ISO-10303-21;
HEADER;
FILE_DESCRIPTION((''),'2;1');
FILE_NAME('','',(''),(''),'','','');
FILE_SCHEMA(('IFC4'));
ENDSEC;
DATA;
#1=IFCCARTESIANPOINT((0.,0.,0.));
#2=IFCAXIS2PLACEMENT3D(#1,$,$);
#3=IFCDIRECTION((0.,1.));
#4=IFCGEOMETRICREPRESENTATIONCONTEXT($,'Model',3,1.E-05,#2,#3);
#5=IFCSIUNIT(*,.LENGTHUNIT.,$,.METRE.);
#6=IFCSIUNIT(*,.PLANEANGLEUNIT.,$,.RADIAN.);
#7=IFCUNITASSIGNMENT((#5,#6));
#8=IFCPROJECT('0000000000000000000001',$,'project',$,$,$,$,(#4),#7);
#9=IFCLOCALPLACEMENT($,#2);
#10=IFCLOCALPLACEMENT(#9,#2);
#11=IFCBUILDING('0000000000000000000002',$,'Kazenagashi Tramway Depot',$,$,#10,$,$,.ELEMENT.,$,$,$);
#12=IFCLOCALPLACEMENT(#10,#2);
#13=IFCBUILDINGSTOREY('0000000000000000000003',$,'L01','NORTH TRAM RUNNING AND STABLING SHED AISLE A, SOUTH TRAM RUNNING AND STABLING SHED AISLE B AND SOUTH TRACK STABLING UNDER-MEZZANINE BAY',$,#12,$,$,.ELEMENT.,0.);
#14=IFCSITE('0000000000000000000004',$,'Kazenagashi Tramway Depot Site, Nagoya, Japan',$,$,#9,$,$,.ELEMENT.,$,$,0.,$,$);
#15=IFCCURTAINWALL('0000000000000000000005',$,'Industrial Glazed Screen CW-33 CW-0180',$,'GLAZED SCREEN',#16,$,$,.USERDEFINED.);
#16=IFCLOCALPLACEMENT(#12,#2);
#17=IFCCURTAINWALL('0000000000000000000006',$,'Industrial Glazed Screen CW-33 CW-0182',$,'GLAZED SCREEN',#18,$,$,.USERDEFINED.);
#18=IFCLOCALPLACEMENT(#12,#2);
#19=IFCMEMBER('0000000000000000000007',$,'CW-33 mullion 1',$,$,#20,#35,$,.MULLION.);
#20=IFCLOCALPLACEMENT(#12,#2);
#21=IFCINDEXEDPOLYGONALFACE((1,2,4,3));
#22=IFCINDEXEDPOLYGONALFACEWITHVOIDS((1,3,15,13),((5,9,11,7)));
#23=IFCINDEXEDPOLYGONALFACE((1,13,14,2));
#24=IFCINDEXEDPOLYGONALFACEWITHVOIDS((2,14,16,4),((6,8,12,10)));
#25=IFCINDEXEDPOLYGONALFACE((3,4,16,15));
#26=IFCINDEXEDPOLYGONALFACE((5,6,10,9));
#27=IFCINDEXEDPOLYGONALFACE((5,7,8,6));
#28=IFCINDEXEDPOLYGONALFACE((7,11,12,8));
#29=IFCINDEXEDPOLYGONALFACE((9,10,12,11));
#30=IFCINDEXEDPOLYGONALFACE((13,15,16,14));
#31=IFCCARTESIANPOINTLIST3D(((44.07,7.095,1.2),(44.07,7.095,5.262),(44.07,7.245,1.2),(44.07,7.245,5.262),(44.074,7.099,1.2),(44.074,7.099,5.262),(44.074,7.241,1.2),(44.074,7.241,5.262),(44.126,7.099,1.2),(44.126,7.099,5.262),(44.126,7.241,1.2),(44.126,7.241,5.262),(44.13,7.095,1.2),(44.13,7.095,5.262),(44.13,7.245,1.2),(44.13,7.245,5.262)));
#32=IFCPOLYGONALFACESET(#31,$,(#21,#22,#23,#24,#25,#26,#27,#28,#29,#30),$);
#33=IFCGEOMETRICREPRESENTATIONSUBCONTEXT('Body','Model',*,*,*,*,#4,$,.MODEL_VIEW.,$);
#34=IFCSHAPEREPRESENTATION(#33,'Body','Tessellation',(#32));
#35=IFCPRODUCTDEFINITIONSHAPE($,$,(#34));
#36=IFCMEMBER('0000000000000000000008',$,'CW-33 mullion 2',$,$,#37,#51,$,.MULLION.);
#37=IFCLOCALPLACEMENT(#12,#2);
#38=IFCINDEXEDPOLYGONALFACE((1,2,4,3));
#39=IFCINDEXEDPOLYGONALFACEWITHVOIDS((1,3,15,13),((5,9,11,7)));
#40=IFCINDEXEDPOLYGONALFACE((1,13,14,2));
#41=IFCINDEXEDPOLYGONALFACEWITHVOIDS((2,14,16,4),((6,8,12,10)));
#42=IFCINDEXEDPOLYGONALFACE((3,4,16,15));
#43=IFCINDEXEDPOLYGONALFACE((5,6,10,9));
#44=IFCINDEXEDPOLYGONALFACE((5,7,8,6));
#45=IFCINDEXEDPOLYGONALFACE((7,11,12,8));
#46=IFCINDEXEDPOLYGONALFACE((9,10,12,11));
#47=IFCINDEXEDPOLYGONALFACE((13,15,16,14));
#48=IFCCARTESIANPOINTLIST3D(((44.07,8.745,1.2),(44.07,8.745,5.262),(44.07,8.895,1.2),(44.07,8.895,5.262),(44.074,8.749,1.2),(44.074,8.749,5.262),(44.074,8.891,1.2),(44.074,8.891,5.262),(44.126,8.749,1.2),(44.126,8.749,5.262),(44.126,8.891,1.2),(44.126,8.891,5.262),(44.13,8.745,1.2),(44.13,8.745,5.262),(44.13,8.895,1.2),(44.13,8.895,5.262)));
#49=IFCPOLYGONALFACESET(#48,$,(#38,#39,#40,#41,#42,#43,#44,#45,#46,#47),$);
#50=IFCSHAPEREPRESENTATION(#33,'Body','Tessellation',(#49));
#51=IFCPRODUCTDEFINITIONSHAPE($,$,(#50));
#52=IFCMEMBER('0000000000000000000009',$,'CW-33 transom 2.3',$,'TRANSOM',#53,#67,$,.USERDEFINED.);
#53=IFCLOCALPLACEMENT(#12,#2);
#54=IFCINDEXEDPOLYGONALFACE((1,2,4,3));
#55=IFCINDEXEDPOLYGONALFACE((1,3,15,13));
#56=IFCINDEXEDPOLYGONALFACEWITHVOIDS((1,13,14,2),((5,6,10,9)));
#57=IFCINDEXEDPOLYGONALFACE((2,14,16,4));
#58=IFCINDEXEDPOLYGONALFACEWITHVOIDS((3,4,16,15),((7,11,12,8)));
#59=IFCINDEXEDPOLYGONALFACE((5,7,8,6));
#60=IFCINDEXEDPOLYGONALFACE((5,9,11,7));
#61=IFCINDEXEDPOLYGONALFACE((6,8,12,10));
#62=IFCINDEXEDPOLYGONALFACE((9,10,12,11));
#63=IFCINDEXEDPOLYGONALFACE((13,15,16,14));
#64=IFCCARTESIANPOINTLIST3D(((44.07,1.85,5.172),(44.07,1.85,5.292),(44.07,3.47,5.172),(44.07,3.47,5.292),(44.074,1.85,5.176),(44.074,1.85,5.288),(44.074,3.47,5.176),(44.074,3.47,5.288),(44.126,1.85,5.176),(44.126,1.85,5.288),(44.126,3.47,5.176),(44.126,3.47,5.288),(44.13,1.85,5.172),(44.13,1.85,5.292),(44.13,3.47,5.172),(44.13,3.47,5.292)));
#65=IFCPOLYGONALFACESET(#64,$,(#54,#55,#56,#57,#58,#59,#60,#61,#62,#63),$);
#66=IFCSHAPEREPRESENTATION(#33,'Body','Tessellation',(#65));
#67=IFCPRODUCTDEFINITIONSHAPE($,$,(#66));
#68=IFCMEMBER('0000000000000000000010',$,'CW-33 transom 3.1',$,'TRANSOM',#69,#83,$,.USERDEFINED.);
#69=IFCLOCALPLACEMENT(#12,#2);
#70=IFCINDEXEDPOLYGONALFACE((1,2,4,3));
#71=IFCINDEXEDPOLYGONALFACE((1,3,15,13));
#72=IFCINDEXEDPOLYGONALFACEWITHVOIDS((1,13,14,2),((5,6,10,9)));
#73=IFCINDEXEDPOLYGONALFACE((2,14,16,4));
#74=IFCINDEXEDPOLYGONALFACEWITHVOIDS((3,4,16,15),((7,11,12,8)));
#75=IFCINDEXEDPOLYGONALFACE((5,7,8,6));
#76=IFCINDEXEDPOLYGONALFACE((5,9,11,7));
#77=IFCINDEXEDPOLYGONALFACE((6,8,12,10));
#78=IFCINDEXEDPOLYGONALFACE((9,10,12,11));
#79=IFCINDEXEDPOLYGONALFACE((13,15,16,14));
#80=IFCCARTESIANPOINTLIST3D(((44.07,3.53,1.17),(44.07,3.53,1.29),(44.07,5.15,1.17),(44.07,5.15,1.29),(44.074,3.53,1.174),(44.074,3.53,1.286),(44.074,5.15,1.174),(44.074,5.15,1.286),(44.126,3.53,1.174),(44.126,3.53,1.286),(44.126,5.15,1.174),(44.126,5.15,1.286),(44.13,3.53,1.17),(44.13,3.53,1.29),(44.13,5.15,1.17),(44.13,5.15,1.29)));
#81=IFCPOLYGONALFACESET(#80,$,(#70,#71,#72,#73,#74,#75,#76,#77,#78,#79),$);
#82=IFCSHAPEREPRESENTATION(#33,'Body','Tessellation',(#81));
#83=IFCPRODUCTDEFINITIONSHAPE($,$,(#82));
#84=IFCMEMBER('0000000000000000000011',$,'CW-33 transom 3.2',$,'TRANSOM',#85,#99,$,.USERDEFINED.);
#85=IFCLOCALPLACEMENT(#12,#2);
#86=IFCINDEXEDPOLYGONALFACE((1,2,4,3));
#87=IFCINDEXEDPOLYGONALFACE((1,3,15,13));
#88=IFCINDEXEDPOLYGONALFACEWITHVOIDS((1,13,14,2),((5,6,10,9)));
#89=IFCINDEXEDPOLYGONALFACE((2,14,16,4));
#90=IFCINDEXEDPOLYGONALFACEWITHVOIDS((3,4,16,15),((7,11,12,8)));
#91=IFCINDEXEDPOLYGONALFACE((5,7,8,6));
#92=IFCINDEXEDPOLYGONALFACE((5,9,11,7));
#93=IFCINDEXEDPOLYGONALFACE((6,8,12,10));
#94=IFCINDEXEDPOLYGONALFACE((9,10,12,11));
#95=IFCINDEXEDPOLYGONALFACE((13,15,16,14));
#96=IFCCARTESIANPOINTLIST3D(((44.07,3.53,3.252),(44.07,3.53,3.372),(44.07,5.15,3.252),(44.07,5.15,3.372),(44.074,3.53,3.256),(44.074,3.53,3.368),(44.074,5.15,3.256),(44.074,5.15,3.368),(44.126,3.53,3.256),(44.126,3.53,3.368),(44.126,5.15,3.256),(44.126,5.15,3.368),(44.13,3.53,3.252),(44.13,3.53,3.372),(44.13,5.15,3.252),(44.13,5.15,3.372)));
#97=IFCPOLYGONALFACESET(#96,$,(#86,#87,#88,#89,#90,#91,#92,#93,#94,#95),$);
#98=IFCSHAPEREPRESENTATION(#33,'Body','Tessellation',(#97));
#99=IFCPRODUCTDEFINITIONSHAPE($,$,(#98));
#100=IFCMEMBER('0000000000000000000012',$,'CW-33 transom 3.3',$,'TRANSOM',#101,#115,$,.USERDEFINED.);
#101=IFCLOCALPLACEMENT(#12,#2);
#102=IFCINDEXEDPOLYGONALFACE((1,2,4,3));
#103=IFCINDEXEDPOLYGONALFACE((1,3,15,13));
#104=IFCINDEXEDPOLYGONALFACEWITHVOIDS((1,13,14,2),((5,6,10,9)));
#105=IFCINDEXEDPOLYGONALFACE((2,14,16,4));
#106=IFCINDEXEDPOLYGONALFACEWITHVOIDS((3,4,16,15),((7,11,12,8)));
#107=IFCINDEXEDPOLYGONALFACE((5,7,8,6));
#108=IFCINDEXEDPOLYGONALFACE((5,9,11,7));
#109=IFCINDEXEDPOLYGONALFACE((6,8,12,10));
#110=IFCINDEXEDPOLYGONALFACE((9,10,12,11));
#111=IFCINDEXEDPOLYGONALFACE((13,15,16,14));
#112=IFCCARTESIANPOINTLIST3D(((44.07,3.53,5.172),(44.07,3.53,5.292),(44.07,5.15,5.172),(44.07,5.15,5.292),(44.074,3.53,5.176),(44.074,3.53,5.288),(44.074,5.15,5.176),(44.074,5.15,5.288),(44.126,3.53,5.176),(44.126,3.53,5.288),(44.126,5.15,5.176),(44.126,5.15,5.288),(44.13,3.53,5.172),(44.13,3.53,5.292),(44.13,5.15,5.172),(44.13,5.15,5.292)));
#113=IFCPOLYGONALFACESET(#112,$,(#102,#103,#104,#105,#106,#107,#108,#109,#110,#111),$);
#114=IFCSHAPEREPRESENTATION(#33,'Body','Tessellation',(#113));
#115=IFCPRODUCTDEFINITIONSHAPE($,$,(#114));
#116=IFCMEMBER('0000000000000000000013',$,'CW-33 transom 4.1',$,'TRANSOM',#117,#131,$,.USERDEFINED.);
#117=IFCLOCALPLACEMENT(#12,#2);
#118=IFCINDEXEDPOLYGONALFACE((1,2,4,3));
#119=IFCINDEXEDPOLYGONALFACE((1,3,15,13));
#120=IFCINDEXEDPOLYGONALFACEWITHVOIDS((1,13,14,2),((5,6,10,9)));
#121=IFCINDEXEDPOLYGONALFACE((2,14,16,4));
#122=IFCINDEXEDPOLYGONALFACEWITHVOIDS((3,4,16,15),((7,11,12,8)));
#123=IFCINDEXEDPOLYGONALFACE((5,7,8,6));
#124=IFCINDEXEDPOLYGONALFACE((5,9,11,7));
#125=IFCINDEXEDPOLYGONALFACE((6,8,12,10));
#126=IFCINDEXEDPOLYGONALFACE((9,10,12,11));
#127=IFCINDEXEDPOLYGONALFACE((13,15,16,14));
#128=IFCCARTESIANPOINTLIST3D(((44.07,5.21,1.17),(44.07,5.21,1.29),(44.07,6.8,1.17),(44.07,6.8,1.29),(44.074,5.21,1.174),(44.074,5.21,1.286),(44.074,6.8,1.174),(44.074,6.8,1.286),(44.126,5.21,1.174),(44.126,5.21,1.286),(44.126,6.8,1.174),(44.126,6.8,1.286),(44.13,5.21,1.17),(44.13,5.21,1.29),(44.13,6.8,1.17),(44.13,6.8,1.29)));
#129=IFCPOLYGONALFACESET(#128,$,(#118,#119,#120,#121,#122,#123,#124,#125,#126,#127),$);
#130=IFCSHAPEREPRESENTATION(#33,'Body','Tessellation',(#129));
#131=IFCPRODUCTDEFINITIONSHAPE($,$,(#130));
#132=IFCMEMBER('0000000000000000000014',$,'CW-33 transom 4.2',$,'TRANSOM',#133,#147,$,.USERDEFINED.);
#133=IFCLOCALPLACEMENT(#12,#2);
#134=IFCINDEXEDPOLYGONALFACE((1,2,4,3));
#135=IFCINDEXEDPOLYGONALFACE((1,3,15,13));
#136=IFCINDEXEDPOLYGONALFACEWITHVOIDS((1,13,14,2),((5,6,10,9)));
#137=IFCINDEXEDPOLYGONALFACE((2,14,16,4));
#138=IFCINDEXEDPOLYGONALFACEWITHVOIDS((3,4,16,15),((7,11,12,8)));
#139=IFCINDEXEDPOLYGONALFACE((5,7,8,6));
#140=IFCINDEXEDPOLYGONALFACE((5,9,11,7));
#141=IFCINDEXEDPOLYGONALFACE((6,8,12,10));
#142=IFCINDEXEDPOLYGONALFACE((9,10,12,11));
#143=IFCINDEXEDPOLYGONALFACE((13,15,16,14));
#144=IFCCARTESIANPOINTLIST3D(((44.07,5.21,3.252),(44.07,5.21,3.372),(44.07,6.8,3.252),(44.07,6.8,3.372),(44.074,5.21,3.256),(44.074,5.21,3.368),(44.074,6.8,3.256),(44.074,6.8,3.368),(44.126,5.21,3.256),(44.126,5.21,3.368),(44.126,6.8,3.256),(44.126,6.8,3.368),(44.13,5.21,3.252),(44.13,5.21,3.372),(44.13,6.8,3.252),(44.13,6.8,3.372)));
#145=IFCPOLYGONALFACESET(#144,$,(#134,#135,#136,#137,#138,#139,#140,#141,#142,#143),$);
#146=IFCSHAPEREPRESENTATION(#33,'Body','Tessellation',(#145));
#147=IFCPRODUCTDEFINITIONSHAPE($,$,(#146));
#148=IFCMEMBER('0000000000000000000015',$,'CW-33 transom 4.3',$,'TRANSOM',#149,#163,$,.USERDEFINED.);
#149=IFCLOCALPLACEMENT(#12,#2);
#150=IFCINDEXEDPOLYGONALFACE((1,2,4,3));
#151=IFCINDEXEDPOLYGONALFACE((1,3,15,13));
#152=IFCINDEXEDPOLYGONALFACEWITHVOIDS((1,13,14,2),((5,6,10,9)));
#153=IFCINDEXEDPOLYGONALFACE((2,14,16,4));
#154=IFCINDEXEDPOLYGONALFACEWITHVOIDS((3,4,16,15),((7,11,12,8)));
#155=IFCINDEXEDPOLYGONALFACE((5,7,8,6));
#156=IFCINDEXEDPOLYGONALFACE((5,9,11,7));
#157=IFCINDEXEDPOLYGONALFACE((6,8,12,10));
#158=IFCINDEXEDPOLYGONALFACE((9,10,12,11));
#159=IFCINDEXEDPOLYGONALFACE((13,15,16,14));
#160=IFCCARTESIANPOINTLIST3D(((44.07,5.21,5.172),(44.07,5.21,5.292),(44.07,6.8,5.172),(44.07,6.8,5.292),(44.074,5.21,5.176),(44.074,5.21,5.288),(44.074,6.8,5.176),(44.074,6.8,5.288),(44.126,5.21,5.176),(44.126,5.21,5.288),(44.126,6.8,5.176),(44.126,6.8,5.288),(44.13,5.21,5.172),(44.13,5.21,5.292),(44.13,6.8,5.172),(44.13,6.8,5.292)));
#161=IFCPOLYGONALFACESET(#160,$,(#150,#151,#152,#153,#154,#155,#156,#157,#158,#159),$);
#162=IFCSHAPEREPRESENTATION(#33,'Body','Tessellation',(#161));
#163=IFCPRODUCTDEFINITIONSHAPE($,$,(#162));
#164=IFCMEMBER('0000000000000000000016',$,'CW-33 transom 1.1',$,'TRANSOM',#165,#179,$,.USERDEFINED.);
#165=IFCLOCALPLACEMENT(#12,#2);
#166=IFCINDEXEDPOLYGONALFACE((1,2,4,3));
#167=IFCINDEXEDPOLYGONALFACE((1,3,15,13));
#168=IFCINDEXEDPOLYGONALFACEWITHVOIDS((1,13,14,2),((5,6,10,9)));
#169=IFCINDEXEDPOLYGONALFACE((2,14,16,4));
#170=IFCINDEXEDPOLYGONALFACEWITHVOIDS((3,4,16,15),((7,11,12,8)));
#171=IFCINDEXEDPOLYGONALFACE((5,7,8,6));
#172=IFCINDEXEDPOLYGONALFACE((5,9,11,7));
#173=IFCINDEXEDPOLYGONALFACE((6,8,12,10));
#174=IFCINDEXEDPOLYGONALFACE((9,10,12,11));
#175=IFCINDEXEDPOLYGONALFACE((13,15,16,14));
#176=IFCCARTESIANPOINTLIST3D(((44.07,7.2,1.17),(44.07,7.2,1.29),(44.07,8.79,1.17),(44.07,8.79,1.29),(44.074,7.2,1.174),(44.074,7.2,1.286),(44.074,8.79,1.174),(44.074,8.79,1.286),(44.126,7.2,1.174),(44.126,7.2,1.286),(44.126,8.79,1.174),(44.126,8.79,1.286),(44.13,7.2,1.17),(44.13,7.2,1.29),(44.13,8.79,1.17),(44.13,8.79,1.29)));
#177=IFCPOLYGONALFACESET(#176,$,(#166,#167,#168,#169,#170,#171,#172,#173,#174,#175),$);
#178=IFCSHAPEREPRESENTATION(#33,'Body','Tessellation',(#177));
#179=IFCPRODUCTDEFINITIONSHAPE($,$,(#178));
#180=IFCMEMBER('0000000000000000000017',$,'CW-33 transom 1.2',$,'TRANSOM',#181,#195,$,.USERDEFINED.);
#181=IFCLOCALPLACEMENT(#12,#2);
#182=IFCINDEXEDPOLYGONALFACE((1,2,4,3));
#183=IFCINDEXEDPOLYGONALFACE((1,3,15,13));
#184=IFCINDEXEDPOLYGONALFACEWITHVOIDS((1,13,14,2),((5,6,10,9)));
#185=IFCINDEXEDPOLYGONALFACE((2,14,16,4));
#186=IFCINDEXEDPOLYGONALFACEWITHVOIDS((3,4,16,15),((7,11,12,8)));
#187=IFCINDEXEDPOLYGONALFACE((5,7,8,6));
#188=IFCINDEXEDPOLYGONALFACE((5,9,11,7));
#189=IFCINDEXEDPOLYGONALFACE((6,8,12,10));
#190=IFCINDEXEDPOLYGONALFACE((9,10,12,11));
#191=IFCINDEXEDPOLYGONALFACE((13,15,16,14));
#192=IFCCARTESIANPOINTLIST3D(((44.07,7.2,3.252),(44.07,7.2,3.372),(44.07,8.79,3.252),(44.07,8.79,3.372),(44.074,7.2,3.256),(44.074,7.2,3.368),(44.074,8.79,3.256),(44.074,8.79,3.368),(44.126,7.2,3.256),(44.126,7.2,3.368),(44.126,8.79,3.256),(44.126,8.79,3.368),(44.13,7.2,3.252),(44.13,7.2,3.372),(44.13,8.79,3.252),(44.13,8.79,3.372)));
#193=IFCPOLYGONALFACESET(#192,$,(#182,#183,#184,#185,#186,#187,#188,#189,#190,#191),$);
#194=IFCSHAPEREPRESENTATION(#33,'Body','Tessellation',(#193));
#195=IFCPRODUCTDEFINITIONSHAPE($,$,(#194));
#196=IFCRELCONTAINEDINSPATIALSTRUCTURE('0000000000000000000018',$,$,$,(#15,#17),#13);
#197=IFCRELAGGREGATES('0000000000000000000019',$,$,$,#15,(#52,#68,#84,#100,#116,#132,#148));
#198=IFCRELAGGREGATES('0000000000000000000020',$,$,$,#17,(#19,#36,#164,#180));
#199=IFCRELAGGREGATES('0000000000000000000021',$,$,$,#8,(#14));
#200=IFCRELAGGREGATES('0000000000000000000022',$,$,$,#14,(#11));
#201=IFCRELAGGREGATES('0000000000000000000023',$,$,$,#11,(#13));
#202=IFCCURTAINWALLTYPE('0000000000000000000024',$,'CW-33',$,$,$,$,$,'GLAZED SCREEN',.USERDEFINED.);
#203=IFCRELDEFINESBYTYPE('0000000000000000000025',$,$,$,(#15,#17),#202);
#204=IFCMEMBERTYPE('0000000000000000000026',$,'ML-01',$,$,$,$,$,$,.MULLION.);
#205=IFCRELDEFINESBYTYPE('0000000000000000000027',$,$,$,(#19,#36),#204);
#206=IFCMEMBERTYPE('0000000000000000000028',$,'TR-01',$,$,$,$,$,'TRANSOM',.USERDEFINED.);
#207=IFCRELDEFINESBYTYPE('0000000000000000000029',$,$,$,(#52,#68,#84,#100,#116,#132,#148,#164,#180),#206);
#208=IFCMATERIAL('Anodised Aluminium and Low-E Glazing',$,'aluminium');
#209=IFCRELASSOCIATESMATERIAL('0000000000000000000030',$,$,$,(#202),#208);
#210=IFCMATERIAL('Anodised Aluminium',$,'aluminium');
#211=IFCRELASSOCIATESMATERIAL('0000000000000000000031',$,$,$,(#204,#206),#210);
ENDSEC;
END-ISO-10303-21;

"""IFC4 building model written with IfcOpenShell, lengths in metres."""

from ifc_helpers import new_model, si_unit, direction, frame, origin, origin_2d, place, context, subcontext, project, spatial, hollow_rectangle, extrude, material, material_profile, profile_set, type_object, element, aggregate, save


model = new_model("IFC4")

# Units and contexts
model_context = context("Model", 3, precision=1e-05, world=origin(), true_north=direction((0.0, 1.0)))
body_context = subcontext(model_context, "Body", "Model", "MODEL_VIEW")
ifc_project = project(units=[si_unit("LENGTHUNIT", "METRE"), si_unit("PLANEANGLEUNIT", "RADIAN")], contexts=[model_context])

# Site, building, storey
site_placement = place(None, origin())
site = spatial("IfcSite", under=ifc_project, at=site_placement, Name="Kazenagashi Tramway Depot Site, Nagoya, Japan", CompositionType="ELEMENT", RefElevation=0.0)
building_placement = place(site_placement, origin())
building = spatial("IfcBuilding", under=site, at=building_placement, Name="Kazenagashi Tramway Depot", CompositionType="ELEMENT")
storey_placement = place(building_placement, origin())
storey = spatial("IfcBuildingStorey", under=building, at=storey_placement, Name="L01", Description="NORTH TRAM RUNNING AND STABLING SHED AISLE A, SOUTH TRAM RUNNING AND STABLING SHED AISLE B AND SOUTH TRACK STABLING UNDER-MEZZANINE BAY", CompositionType="ELEMENT", Elevation=0.0)

# Curtain walls, members
ifc_material_1 = material(Name="Anodised Aluminium and Low-E Glazing", Category="aluminium")
curtain_wall_type = type_object("IfcCurtainWallType", Name="CW-33", ElementType="GLAZED SCREEN", PredefinedType="USERDEFINED", material=ifc_material_1)
curtain_wall_1_placement = place(storey_placement, origin())
curtain_wall_1 = element("IfcCurtainWall", 1, at=curtain_wall_1_placement, inside=storey, type_object=curtain_wall_type, Name="Industrial Glazed Screen CW-33 CW-0180", ObjectType="GLAZED SCREEN", PredefinedType="USERDEFINED")
ifc_material_2 = material(Name="Anodised Aluminium", Category="aluminium")
ifc_material_profile_1 = material_profile(ifc_material_2, hollow_rectangle(XDim=0.06, YDim=0.15, WallThickness=0.004, at=origin_2d()), Name="RHS-150x60x4")
ifc_profile_set_1 = profile_set([ifc_material_profile_1], Name="Anodised Aluminium")
member_type_1 = type_object("IfcMemberType", Name="ML-01", PredefinedType="MULLION", material=ifc_profile_set_1)
curtain_wall_2_placement = place(storey_placement, origin())
curtain_wall_2 = element("IfcCurtainWall", 2, at=curtain_wall_2_placement, inside=storey, type_object=curtain_wall_type, Name="Industrial Glazed Screen CW-33 CW-0182", ObjectType="GLAZED SCREEN", PredefinedType="USERDEFINED")
member_1_placement = place(storey_placement, frame((44.1, 7.17, 1.2), z_axis=(0.0, 0.0, 1.0), x_axis=(-1.0, 0.0, 0.0)))
member_1 = element("IfcMember", 3, at=member_1_placement, type_object=member_type_1, Name="CW-33 mullion 1", PredefinedType="MULLION", context=body_context, shape_type="SweptSolid", body=[
    extrude(hollow_rectangle(XDim=0.06, YDim=0.15, WallThickness=0.004, at=origin_2d()), origin(), (0.0, 0.0, 1.0), 4.062),
])
member_2_placement = place(storey_placement, frame((44.1, 8.82, 1.2), z_axis=(0.0, 0.0, 1.0), x_axis=(-1.0, 0.0, 0.0)))
member_2 = element("IfcMember", 4, at=member_2_placement, type_object=member_type_1, Name="CW-33 mullion 2", PredefinedType="MULLION", context=body_context, shape_type="SweptSolid", body=[
    extrude(hollow_rectangle(XDim=0.06, YDim=0.15, WallThickness=0.004, at=origin_2d()), origin(), (0.0, 0.0, 1.0), 4.062),
])

# Members
ifc_material_profile_2 = material_profile(ifc_material_2, hollow_rectangle(XDim=0.06, YDim=0.12, WallThickness=0.004, at=origin_2d()), Name="RHS-120x60x4")
ifc_profile_set_2 = profile_set([ifc_material_profile_2], Name="Anodised Aluminium")
member_type_2 = type_object("IfcMemberType", Name="TR-01", ElementType="TRANSOM", PredefinedType="USERDEFINED", material=ifc_profile_set_2)
member_3_placement = place(storey_placement, frame((44.1, 1.85, 5.232), z_axis=(0.0, 1.0, 0.0), x_axis=(-1.0, 0.0, 0.0)))
member_3 = element("IfcMember", 5, at=member_3_placement, type_object=member_type_2, Name="CW-33 transom 2.3", ObjectType="TRANSOM", PredefinedType="USERDEFINED", context=body_context, shape_type="SweptSolid", body=[
    extrude(hollow_rectangle(XDim=0.06, YDim=0.12, WallThickness=0.004, at=origin_2d()), origin(), (0.0, 0.0, 1.0), 1.62),
])
member_4_placement = place(storey_placement, frame((44.1, 3.53, 1.23), z_axis=(0.0, 1.0, 0.0), x_axis=(-1.0, 0.0, 0.0)))
member_4 = element("IfcMember", 6, at=member_4_placement, type_object=member_type_2, Name="CW-33 transom 3.1", ObjectType="TRANSOM", PredefinedType="USERDEFINED", context=body_context, shape_type="SweptSolid", body=[
    extrude(hollow_rectangle(XDim=0.06, YDim=0.12, WallThickness=0.004, at=origin_2d()), origin(), (0.0, 0.0, 1.0), 1.62),
])
member_5_placement = place(storey_placement, frame((44.1, 3.53, 3.312), z_axis=(0.0, 1.0, 0.0), x_axis=(-1.0, 0.0, 0.0)))
member_5 = element("IfcMember", 7, at=member_5_placement, type_object=member_type_2, Name="CW-33 transom 3.2", ObjectType="TRANSOM", PredefinedType="USERDEFINED", context=body_context, shape_type="SweptSolid", body=[
    extrude(hollow_rectangle(XDim=0.06, YDim=0.12, WallThickness=0.004, at=origin_2d()), origin(), (0.0, 0.0, 1.0), 1.62),
])
member_6_placement = place(storey_placement, frame((44.1, 3.53, 5.232), z_axis=(0.0, 1.0, 0.0), x_axis=(-1.0, 0.0, 0.0)))
member_6 = element("IfcMember", 8, at=member_6_placement, type_object=member_type_2, Name="CW-33 transom 3.3", ObjectType="TRANSOM", PredefinedType="USERDEFINED", context=body_context, shape_type="SweptSolid", body=[
    extrude(hollow_rectangle(XDim=0.06, YDim=0.12, WallThickness=0.004, at=origin_2d()), origin(), (0.0, 0.0, 1.0), 1.62),
])
member_7_placement = place(storey_placement, frame((44.1, 5.21, 1.23), z_axis=(0.0, 1.0, 0.0), x_axis=(-1.0, 0.0, 0.0)))
member_7 = element("IfcMember", 9, at=member_7_placement, type_object=member_type_2, Name="CW-33 transom 4.1", ObjectType="TRANSOM", PredefinedType="USERDEFINED", context=body_context, shape_type="SweptSolid", body=[
    extrude(hollow_rectangle(XDim=0.06, YDim=0.12, WallThickness=0.004, at=origin_2d()), origin(), (0.0, 0.0, 1.0), 1.59),
])
member_8_placement = place(storey_placement, frame((44.1, 5.21, 3.312), z_axis=(0.0, 1.0, 0.0), x_axis=(-1.0, 0.0, 0.0)))
member_8 = element("IfcMember", 10, at=member_8_placement, type_object=member_type_2, Name="CW-33 transom 4.2", ObjectType="TRANSOM", PredefinedType="USERDEFINED", context=body_context, shape_type="SweptSolid", body=[
    extrude(hollow_rectangle(XDim=0.06, YDim=0.12, WallThickness=0.004, at=origin_2d()), origin(), (0.0, 0.0, 1.0), 1.59),
])
member_9_placement = place(storey_placement, frame((44.1, 5.21, 5.232), z_axis=(0.0, 1.0, 0.0), x_axis=(-1.0, 0.0, 0.0)))
member_9 = element("IfcMember", 11, at=member_9_placement, type_object=member_type_2, Name="CW-33 transom 4.3", ObjectType="TRANSOM", PredefinedType="USERDEFINED", context=body_context, shape_type="SweptSolid", body=[
    extrude(hollow_rectangle(XDim=0.06, YDim=0.12, WallThickness=0.004, at=origin_2d()), origin(), (0.0, 0.0, 1.0), 1.59),
])
member_10_placement = place(storey_placement, frame((44.1, 7.2, 1.23), z_axis=(0.0, 1.0, 0.0), x_axis=(-1.0, 0.0, 0.0)))
member_10 = element("IfcMember", 12, at=member_10_placement, type_object=member_type_2, Name="CW-33 transom 1.1", ObjectType="TRANSOM", PredefinedType="USERDEFINED", context=body_context, shape_type="SweptSolid", body=[
    extrude(hollow_rectangle(XDim=0.06, YDim=0.12, WallThickness=0.004, at=origin_2d()), origin(), (0.0, 0.0, 1.0), 1.59),
])
member_11_placement = place(storey_placement, frame((44.1, 7.2, 3.312), z_axis=(0.0, 1.0, 0.0), x_axis=(-1.0, 0.0, 0.0)))
member_11 = element("IfcMember", 13, at=member_11_placement, type_object=member_type_2, Name="CW-33 transom 1.2", ObjectType="TRANSOM", PredefinedType="USERDEFINED", context=body_context, shape_type="SweptSolid", body=[
    extrude(hollow_rectangle(XDim=0.06, YDim=0.12, WallThickness=0.004, at=origin_2d()), origin(), (0.0, 0.0, 1.0), 1.59),
])

aggregate(curtain_wall_1, [member_3, member_4, member_5, member_6, member_7, member_8, member_9])
aggregate(curtain_wall_2, [member_1, member_2, member_10, member_11])

save(model, "model.ifc")
